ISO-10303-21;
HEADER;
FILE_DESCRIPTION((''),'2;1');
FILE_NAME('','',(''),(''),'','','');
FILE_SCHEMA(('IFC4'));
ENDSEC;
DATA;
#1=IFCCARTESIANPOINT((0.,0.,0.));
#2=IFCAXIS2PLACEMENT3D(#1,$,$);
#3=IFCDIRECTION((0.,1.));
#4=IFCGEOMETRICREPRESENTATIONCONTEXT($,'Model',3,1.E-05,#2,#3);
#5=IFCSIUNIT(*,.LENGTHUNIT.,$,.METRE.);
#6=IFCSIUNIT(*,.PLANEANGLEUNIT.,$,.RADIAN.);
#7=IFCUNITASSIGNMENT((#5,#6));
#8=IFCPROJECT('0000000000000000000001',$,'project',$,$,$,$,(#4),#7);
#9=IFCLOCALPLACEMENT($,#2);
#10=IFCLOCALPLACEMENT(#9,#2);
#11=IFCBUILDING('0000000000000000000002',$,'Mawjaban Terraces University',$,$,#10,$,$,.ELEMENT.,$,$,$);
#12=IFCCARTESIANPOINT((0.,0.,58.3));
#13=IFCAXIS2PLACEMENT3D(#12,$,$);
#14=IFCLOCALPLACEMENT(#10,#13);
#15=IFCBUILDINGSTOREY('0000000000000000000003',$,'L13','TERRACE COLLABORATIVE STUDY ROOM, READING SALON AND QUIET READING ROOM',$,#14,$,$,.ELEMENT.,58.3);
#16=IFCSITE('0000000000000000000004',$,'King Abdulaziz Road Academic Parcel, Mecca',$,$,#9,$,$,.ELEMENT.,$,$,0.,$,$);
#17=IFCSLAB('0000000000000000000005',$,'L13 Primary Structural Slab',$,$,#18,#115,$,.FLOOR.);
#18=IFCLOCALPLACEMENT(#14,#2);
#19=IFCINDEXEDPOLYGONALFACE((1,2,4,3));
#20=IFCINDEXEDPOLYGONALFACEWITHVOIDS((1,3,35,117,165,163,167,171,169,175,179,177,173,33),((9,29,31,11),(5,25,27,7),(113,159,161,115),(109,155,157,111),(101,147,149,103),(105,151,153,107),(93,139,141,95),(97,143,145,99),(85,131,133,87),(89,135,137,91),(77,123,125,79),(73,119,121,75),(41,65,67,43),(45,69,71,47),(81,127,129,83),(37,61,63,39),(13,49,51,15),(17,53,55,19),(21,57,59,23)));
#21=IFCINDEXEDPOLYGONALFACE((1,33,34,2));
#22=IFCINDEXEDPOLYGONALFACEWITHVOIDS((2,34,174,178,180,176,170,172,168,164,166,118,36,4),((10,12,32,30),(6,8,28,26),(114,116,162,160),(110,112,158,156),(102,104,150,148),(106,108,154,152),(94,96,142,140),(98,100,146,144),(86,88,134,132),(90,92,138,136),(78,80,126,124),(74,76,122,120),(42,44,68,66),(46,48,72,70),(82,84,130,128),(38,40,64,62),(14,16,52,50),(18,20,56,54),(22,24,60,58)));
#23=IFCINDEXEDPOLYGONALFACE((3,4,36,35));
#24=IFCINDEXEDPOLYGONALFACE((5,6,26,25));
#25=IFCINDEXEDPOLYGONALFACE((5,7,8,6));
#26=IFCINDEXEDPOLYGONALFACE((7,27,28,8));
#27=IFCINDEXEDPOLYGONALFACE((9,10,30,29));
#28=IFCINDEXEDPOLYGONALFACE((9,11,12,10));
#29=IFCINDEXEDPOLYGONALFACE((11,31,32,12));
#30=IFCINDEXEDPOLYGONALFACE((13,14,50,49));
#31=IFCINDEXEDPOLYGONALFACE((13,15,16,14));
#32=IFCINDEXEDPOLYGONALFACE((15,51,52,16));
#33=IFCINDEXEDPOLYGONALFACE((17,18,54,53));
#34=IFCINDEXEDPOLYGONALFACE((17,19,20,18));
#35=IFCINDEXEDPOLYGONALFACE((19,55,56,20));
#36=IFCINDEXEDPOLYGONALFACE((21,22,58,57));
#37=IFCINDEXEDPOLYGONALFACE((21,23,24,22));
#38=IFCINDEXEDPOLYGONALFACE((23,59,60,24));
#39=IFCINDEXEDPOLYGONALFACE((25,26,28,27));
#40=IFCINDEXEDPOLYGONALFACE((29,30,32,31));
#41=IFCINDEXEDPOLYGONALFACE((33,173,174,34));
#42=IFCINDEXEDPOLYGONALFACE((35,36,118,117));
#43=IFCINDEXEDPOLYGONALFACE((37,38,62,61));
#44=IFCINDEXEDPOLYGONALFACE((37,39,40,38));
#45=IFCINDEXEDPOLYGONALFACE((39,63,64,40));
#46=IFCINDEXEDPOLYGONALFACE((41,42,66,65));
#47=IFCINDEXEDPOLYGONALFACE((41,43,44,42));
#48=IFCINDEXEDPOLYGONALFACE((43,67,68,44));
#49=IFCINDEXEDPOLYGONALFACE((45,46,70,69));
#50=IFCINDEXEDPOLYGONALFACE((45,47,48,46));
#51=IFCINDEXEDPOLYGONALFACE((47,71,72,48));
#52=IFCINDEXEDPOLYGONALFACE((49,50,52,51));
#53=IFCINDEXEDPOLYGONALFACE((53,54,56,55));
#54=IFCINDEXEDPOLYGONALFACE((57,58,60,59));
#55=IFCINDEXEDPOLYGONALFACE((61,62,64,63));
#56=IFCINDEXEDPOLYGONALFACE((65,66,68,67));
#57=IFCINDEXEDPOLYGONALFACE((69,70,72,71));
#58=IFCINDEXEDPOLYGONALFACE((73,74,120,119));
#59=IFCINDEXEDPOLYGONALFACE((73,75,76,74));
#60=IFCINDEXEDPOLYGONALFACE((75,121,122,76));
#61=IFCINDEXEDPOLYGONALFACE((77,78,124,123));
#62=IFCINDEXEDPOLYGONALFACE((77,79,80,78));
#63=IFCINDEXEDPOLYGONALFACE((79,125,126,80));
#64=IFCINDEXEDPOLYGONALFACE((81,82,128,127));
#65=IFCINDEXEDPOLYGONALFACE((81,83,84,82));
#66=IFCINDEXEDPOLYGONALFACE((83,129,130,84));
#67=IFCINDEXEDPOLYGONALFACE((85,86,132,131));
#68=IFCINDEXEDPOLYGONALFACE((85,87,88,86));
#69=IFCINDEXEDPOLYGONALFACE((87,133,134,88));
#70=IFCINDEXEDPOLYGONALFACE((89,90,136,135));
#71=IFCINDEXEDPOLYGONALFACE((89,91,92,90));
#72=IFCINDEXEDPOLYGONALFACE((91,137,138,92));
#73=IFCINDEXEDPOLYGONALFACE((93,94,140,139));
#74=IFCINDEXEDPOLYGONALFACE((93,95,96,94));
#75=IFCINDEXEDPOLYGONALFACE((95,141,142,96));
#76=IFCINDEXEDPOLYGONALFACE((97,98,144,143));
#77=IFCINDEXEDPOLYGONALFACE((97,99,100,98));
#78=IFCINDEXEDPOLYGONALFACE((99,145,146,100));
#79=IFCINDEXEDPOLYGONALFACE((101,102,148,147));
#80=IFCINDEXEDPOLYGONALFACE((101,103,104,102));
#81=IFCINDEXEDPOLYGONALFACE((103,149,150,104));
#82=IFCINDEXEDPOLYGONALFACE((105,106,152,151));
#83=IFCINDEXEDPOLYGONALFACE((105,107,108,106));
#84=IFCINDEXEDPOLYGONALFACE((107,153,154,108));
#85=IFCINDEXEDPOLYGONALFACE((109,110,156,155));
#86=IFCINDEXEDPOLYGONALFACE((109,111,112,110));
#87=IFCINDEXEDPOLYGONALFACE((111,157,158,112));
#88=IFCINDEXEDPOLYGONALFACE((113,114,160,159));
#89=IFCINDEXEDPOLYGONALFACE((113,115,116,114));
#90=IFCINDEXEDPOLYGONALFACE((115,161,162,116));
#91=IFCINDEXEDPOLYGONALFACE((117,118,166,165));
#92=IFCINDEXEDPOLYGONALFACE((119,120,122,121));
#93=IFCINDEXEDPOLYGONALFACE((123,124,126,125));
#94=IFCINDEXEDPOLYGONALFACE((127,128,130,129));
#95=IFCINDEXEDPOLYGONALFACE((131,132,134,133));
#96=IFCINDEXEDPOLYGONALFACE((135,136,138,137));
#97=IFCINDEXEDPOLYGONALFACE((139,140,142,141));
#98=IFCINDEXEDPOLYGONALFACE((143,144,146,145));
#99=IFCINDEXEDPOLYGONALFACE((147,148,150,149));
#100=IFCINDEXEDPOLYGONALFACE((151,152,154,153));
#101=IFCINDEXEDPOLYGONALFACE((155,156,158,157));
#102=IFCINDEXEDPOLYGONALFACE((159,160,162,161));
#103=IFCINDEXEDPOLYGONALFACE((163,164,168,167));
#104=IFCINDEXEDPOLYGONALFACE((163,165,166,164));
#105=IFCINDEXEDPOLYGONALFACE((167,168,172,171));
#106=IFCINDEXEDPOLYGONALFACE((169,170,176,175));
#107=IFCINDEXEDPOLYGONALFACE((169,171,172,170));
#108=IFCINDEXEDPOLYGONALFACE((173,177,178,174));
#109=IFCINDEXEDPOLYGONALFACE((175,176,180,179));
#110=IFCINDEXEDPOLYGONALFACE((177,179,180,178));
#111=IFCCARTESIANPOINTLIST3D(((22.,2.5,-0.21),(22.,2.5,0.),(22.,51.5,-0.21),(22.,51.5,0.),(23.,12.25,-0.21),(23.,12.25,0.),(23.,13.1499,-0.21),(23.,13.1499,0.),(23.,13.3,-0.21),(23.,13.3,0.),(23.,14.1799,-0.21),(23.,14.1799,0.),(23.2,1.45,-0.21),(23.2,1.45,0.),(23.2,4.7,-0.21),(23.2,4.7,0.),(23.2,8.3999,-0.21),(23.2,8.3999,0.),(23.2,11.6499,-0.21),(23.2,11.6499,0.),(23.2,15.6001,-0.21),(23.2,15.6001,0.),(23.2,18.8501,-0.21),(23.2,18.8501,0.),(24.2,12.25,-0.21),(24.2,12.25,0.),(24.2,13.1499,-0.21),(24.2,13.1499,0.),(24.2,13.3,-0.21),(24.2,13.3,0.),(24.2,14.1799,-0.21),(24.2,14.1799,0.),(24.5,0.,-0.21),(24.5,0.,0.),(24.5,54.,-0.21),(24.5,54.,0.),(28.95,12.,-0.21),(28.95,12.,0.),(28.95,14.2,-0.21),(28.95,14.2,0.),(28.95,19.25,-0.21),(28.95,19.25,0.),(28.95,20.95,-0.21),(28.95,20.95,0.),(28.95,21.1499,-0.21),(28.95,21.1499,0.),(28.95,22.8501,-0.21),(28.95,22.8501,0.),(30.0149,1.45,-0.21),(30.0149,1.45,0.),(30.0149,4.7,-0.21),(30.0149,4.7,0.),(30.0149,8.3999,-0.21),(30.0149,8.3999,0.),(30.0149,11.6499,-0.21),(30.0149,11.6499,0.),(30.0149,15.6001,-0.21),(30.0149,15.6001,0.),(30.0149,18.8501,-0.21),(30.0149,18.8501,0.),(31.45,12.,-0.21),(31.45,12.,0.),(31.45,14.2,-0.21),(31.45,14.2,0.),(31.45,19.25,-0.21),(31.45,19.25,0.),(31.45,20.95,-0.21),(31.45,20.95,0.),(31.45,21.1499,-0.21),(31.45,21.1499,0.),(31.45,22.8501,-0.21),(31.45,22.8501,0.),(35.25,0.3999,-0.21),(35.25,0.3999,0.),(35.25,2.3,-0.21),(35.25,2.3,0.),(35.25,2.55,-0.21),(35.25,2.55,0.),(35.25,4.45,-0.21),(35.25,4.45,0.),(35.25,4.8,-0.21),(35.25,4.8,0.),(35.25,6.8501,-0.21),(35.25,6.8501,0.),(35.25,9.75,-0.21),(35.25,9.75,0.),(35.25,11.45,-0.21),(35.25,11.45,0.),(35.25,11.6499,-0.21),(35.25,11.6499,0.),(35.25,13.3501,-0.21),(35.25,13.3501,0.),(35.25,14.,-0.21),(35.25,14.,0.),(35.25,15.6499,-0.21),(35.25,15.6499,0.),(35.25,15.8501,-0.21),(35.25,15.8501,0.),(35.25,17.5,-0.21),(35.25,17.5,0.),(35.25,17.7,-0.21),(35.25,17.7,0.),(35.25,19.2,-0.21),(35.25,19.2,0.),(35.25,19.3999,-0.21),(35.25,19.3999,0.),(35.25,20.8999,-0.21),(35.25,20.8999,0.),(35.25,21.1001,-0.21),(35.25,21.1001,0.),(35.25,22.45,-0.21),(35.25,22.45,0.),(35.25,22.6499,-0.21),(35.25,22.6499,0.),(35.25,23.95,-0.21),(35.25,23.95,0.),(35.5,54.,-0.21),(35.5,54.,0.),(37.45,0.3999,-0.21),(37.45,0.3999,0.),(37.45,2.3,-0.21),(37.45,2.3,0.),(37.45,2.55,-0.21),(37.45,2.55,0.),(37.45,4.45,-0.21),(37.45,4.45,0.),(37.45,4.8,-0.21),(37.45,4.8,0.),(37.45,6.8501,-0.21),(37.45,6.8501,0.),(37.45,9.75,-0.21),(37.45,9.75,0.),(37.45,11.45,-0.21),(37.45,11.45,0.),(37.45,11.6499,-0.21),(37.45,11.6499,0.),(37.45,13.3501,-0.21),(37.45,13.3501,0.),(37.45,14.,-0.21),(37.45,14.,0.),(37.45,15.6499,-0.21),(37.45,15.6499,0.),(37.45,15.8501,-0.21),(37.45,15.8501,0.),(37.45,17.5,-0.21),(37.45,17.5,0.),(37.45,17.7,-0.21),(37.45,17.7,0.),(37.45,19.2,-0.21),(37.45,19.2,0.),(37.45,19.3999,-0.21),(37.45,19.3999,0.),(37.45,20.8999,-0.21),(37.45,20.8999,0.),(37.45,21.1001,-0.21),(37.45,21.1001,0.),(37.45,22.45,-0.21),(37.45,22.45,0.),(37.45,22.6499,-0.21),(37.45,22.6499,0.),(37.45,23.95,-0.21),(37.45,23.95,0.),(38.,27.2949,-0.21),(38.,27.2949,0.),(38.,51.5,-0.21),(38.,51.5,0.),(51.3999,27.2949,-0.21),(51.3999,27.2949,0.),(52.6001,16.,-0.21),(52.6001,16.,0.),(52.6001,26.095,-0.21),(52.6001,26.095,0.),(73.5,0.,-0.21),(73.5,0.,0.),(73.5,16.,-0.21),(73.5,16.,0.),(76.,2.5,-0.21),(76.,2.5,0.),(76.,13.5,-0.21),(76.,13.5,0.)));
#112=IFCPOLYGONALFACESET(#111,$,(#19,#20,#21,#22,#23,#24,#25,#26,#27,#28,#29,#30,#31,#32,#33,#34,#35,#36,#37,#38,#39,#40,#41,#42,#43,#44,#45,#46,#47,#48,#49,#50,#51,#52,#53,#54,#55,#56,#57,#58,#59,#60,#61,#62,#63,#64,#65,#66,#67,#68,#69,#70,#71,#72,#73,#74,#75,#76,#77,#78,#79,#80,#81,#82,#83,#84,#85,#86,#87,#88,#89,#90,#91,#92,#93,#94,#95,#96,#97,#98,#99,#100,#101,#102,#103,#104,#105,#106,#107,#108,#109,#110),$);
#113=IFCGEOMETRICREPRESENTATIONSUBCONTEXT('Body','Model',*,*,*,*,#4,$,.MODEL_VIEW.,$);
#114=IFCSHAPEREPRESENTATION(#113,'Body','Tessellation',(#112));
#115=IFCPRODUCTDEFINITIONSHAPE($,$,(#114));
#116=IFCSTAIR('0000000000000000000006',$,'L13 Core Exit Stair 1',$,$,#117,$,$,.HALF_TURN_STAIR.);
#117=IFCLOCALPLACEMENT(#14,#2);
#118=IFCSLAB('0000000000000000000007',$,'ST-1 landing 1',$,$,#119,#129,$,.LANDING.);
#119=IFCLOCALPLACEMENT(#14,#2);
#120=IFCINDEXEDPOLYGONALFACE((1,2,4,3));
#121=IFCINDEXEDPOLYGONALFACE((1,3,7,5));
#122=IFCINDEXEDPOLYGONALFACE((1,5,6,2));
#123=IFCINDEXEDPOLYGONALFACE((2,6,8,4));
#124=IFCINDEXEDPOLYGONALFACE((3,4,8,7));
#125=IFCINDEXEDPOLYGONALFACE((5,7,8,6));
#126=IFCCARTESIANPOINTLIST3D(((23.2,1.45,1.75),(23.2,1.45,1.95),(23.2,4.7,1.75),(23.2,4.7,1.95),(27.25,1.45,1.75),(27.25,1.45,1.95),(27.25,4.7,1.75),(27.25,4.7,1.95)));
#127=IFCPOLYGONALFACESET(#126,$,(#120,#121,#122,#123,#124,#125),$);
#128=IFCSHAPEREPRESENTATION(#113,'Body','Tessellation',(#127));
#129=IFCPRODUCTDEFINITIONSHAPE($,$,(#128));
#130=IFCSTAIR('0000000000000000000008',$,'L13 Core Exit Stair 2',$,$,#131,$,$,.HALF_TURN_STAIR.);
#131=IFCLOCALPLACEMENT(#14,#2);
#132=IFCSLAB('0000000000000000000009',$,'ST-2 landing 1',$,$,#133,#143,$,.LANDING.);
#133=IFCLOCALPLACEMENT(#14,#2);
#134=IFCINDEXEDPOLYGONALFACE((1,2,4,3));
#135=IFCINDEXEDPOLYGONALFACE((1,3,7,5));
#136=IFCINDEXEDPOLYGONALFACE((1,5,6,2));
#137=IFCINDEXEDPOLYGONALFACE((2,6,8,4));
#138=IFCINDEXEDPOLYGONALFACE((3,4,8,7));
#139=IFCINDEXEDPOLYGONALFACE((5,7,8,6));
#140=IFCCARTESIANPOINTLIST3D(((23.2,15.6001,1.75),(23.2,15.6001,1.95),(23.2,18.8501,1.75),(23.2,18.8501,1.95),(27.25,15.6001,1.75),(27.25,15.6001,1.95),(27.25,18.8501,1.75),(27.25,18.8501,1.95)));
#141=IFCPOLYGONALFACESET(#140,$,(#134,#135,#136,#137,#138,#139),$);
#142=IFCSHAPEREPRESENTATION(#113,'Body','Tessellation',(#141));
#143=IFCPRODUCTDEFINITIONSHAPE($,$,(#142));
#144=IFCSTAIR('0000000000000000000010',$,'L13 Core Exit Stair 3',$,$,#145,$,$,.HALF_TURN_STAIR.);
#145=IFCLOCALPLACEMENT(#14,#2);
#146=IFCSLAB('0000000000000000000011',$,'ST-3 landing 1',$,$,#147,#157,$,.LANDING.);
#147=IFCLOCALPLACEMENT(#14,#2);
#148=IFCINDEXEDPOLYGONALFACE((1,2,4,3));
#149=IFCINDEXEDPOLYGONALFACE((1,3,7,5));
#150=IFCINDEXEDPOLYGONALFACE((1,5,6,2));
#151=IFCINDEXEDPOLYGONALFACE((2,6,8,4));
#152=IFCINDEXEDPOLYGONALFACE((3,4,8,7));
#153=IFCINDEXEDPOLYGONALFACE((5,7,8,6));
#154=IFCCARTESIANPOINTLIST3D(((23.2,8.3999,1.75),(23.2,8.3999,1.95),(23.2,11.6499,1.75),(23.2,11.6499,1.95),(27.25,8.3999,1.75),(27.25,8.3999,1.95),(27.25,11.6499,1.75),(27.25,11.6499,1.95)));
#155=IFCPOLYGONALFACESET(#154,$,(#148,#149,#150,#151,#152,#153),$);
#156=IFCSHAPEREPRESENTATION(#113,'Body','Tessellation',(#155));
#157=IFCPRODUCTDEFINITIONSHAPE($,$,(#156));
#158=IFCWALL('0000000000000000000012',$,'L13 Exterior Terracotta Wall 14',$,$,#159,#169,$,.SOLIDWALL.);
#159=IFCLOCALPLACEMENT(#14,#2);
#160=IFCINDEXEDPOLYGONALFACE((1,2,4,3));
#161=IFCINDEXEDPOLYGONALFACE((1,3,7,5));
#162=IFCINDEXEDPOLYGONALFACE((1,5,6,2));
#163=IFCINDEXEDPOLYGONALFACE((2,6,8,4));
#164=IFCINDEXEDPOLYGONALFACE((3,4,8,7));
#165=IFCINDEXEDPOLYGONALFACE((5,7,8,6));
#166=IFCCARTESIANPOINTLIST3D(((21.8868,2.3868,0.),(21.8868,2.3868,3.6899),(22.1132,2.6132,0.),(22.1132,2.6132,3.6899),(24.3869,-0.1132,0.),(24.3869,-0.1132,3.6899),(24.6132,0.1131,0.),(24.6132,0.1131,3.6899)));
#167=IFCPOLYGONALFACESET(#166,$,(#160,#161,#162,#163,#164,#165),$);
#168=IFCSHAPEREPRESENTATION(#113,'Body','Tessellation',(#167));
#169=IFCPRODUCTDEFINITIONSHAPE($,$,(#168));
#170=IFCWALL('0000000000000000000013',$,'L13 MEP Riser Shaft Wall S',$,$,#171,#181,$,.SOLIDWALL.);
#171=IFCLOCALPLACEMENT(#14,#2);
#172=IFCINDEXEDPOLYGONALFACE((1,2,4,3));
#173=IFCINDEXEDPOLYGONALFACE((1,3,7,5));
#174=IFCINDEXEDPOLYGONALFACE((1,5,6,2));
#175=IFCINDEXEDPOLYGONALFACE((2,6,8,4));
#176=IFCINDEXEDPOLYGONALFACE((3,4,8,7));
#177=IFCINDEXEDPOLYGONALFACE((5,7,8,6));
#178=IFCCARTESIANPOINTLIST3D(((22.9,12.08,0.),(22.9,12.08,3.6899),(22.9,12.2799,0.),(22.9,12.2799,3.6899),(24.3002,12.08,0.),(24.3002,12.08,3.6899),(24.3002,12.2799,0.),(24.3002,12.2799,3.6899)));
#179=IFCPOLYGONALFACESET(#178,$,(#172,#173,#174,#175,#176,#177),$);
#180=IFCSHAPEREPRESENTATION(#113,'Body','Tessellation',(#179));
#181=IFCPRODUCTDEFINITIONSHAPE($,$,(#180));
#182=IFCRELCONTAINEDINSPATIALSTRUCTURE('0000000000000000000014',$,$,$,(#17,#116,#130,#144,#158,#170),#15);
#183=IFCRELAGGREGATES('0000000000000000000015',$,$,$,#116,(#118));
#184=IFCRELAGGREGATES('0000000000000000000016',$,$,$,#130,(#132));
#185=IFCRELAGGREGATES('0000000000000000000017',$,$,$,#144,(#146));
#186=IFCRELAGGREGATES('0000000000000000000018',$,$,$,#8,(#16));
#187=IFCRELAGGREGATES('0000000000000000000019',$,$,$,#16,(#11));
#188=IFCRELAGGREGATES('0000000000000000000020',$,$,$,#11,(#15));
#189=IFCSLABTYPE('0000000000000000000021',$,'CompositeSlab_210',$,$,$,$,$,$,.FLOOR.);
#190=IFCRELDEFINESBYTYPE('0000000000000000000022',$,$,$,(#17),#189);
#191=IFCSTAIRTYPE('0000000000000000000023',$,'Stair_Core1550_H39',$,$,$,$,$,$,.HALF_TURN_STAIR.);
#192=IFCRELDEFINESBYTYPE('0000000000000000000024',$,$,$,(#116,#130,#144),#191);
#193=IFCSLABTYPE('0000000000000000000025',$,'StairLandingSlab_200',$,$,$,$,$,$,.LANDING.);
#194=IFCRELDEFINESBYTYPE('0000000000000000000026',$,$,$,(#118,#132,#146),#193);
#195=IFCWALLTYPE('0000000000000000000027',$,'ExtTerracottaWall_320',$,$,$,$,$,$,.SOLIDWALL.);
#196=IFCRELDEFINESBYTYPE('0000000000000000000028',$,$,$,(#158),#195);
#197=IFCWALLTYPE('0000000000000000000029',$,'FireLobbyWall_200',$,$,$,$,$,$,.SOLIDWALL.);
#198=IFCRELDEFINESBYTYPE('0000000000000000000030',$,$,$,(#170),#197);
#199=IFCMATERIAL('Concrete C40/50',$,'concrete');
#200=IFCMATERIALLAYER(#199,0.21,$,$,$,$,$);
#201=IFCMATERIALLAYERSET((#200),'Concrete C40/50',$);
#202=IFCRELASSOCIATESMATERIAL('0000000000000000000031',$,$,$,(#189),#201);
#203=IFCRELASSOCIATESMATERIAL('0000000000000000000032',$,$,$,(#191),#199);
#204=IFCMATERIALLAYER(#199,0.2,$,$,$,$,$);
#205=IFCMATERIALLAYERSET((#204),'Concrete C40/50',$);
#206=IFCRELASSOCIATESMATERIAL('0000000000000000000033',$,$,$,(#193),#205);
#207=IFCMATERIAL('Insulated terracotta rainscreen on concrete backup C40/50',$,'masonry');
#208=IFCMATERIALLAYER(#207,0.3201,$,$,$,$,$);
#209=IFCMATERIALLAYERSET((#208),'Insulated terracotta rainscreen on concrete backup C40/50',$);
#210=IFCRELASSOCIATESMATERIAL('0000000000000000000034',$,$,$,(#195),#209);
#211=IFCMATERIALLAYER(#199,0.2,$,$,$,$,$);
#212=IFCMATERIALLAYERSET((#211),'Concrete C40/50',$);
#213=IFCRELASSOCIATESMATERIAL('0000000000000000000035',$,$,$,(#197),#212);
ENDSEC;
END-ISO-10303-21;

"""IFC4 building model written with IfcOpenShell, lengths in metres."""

from ifc_helpers import new_model, si_unit, direction, frame, frame_2d, origin, place, context, subcontext, project, spatial, polyline, rectangle, outline, extrude, material, layer, layer_set, type_object, element, aggregate, save


model = new_model("IFC4")

# Units and contexts
model_context = context("Model", 3, precision=1e-05, world=origin(), true_north=direction((0.0, 1.0)))
body_context = subcontext(model_context, "Body", "Model", "MODEL_VIEW")
ifc_project = project(units=[si_unit("LENGTHUNIT", "METRE"), si_unit("PLANEANGLEUNIT", "RADIAN")], contexts=[model_context])

# Site, building, storey
site_placement = place(None, origin())
site = spatial("IfcSite", under=ifc_project, at=site_placement, Name="King Abdulaziz Road Academic Parcel, Mecca", CompositionType="ELEMENT", RefElevation=0.0)
building_placement = place(site_placement, origin())
building = spatial("IfcBuilding", under=site, at=building_placement, Name="Mawjaban Terraces University", CompositionType="ELEMENT")
storey_placement = place(building_placement, frame((0.0, 0.0, 58.3)))
storey = spatial("IfcBuildingStorey", under=building, at=storey_placement, Name="L13", Description="TERRACE COLLABORATIVE STUDY ROOM, READING SALON AND QUIET READING ROOM", CompositionType="ELEMENT", Elevation=58.3)

# Slab
ifc_material_1 = material(Name="Concrete C40/50", Category="concrete")
ifc_layer_1 = layer(ifc_material_1, 0.21)
ifc_layer_set_1 = layer_set([ifc_layer_1], Name="Concrete C40/50")
slab_type_1 = type_object("IfcSlabType", Name="CompositeSlab_210", PredefinedType="FLOOR", material=ifc_layer_set_1)
slab_1_placement = place(storey_placement, frame((0.0, 0.0, -0.21)))
element("IfcSlab", 1, at=slab_1_placement, inside=storey, type_object=slab_type_1, Name="L13 Primary Structural Slab", PredefinedType="FLOOR", context=body_context, shape_type="SweptSolid", body=[
    extrude(outline(polyline([(24.5, 0.0), (73.5, 0.0), (76.0, 2.5), (76.0, 13.5), (73.5, 16.0), (52.6001, 16.0), (52.6001, 26.095), (51.3999, 27.2949), (38.0, 27.2949), (38.0, 51.5), (35.5, 54.0), (24.5, 54.0), (22.0, 51.5), (22.0, 2.5), (24.5, 0.0)]), holes=[polyline([(30.0149, 4.7), (23.2, 4.7), (23.2, 1.45), (30.0149, 1.45), (30.0149, 4.7)]), polyline([(30.0149, 18.8501), (23.2, 18.8501), (23.2, 15.6001), (30.0149, 15.6001), (30.0149, 18.8501)]), polyline([(30.0149, 11.6499), (23.2, 11.6499), (23.2, 8.3999), (30.0149, 8.3999), (30.0149, 11.6499)]), polyline([(35.25, 0.3999), (37.45, 0.3999), (37.45, 2.3), (35.25, 2.3), (35.25, 0.3999)]), polyline([(35.25, 2.55), (37.45, 2.55), (37.45, 4.45), (35.25, 4.45), (35.25, 2.55)]), polyline([(35.25, 4.8), (37.45, 4.8), (37.45, 6.8501), (35.25, 6.8501), (35.25, 4.8)]), polyline([(35.25, 9.75), (37.45, 9.75), (37.45, 11.45), (35.25, 11.45), (35.25, 9.75)]), polyline([(35.25, 11.6499), (37.45, 11.6499), (37.45, 13.3501), (35.25, 13.3501), (35.25, 11.6499)]), polyline([(28.95, 12.0), (31.45, 12.0), (31.45, 14.2), (28.95, 14.2), (28.95, 12.0)]), polyline([(35.25, 14.0), (37.45, 14.0), (37.45, 15.6499), (35.25, 15.6499), (35.25, 14.0)]), polyline([(35.25, 15.8501), (37.45, 15.8501), (37.45, 17.5), (35.25, 17.5), (35.25, 15.8501)]), polyline([(35.25, 17.7), (37.45, 17.7), (37.45, 19.2), (35.25, 19.2), (35.25, 17.7)]), polyline([(35.25, 19.3999), (37.45, 19.3999), (37.45, 20.8999), (35.25, 20.8999), (35.25, 19.3999)]), polyline([(28.95, 19.25), (31.45, 19.25), (31.45, 20.95), (28.95, 20.95), (28.95, 19.25)]), polyline([(35.25, 21.1001), (37.45, 21.1001), (37.45, 22.45), (35.25, 22.45), (35.25, 21.1001)]), polyline([(35.25, 22.6499), (37.45, 22.6499), (37.45, 23.95), (35.25, 23.95), (35.25, 22.6499)]), polyline([(28.95, 21.1499), (31.45, 21.1499), (31.45, 22.8501), (28.95, 22.8501), (28.95, 21.1499)]), polyline([(23.0, 12.25), (24.2, 12.25), (24.2, 13.1499), (23.0, 13.1499), (23.0, 12.25)]), polyline([(23.0, 13.3), (24.2, 13.3), (24.2, 14.1799), (23.0, 14.1799), (23.0, 13.3)])]), origin(), (0.0, 0.0, 1.0), 0.21),
])

# Stairs, slabs
stair_type = type_object("IfcStairType", Name="Stair_Core1550_H39", PredefinedType="HALF_TURN_STAIR", material=ifc_material_1)
stair_1_placement = place(storey_placement, origin())
stair_1 = element("IfcStair", 2, at=stair_1_placement, inside=storey, type_object=stair_type, Name="L13 Core Exit Stair 1", PredefinedType="HALF_TURN_STAIR")
ifc_layer_2 = layer(ifc_material_1, 0.2)
ifc_layer_set_2 = layer_set([ifc_layer_2], Name="Concrete C40/50")
slab_type_2 = type_object("IfcSlabType", Name="StairLandingSlab_200", PredefinedType="LANDING", material=ifc_layer_set_2)
slab_2_placement = place(storey_placement, frame((0.0, 0.0, 1.75)))
slab_2 = element("IfcSlab", 3, at=slab_2_placement, type_object=slab_type_2, Name="ST-1 landing 1", PredefinedType="LANDING", context=body_context, shape_type="SweptSolid", body=[
    extrude(outline(polyline([(27.25, 4.7), (23.2, 4.7), (23.2, 1.45), (27.25, 1.45), (27.25, 4.7)])), origin(), (0.0, 0.0, 1.0), 0.2),
])
aggregate(stair_1, [slab_2])
stair_2_placement = place(storey_placement, origin())
stair_2 = element("IfcStair", 4, at=stair_2_placement, inside=storey, type_object=stair_type, Name="L13 Core Exit Stair 2", PredefinedType="HALF_TURN_STAIR")
slab_3_placement = place(storey_placement, frame((0.0, 0.0, 1.75)))
slab_3 = element("IfcSlab", 5, at=slab_3_placement, type_object=slab_type_2, Name="ST-2 landing 1", PredefinedType="LANDING", context=body_context, shape_type="SweptSolid", body=[
    extrude(outline(polyline([(27.25, 18.8501), (23.2, 18.8501), (23.2, 15.6001), (27.25, 15.6001), (27.25, 18.8501)])), origin(), (0.0, 0.0, 1.0), 0.2),
])
aggregate(stair_2, [slab_3])
stair_3_placement = place(storey_placement, origin())
stair_3 = element("IfcStair", 6, at=stair_3_placement, inside=storey, type_object=stair_type, Name="L13 Core Exit Stair 3", PredefinedType="HALF_TURN_STAIR")
slab_4_placement = place(storey_placement, frame((0.0, 0.0, 1.75)))
slab_4 = element("IfcSlab", 7, at=slab_4_placement, type_object=slab_type_2, Name="ST-3 landing 1", PredefinedType="LANDING", context=body_context, shape_type="SweptSolid", body=[
    extrude(outline(polyline([(27.25, 11.6499), (23.2, 11.6499), (23.2, 8.3999), (27.25, 8.3999), (27.25, 11.6499)])), origin(), (0.0, 0.0, 1.0), 0.2),
])
aggregate(stair_3, [slab_4])

# Walls
ifc_material_2 = material(Name="Insulated terracotta rainscreen on concrete backup C40/50", Category="masonry")
ifc_layer_3 = layer(ifc_material_2, 0.3201)
ifc_layer_set_3 = layer_set([ifc_layer_3], Name="Insulated terracotta rainscreen on concrete backup C40/50")
wall_type_1 = type_object("IfcWallType", Name="ExtTerracottaWall_320", PredefinedType="SOLIDWALL", material=ifc_layer_set_3)
wall_1_placement = place(storey_placement, frame((22.0, 2.5, 0.0), z_axis=(0.0, 0.0, 1.0), x_axis=(0.707107, -0.707107, 0.0)))
element("IfcWall", 8, at=wall_1_placement, inside=storey, type_object=wall_type_1, Name="L13 Exterior Terracotta Wall 14", PredefinedType="SOLIDWALL", context=body_context, shape_type="SweptSolid", body=[
    extrude(rectangle(XDim=3.5356, YDim=0.3201, at=frame_2d((1.7678, 0.0))), origin(), (0.0, 0.0, 1.0), 3.6899),
])
ifc_layer_4 = layer(ifc_material_1, 0.2)
ifc_layer_set_4 = layer_set([ifc_layer_4], Name="Concrete C40/50")
wall_type_2 = type_object("IfcWallType", Name="FireLobbyWall_200", PredefinedType="SOLIDWALL", material=ifc_layer_set_4)
wall_2_placement = place(storey_placement, frame((22.8999, 12.1799, 0.0), z_axis=(0.0, 0.0, 1.0), x_axis=(1.0, 0.0, 0.0)))
element("IfcWall", 9, at=wall_2_placement, inside=storey, type_object=wall_type_2, Name="L13 MEP Riser Shaft Wall S", PredefinedType="SOLIDWALL", context=body_context, shape_type="SweptSolid", body=[
    extrude(rectangle(XDim=1.4001, YDim=0.2, at=frame_2d((0.7002, 0.0))), origin(), (0.0, 0.0, 1.0), 3.6899),
])

save(model, "model.ifc")
